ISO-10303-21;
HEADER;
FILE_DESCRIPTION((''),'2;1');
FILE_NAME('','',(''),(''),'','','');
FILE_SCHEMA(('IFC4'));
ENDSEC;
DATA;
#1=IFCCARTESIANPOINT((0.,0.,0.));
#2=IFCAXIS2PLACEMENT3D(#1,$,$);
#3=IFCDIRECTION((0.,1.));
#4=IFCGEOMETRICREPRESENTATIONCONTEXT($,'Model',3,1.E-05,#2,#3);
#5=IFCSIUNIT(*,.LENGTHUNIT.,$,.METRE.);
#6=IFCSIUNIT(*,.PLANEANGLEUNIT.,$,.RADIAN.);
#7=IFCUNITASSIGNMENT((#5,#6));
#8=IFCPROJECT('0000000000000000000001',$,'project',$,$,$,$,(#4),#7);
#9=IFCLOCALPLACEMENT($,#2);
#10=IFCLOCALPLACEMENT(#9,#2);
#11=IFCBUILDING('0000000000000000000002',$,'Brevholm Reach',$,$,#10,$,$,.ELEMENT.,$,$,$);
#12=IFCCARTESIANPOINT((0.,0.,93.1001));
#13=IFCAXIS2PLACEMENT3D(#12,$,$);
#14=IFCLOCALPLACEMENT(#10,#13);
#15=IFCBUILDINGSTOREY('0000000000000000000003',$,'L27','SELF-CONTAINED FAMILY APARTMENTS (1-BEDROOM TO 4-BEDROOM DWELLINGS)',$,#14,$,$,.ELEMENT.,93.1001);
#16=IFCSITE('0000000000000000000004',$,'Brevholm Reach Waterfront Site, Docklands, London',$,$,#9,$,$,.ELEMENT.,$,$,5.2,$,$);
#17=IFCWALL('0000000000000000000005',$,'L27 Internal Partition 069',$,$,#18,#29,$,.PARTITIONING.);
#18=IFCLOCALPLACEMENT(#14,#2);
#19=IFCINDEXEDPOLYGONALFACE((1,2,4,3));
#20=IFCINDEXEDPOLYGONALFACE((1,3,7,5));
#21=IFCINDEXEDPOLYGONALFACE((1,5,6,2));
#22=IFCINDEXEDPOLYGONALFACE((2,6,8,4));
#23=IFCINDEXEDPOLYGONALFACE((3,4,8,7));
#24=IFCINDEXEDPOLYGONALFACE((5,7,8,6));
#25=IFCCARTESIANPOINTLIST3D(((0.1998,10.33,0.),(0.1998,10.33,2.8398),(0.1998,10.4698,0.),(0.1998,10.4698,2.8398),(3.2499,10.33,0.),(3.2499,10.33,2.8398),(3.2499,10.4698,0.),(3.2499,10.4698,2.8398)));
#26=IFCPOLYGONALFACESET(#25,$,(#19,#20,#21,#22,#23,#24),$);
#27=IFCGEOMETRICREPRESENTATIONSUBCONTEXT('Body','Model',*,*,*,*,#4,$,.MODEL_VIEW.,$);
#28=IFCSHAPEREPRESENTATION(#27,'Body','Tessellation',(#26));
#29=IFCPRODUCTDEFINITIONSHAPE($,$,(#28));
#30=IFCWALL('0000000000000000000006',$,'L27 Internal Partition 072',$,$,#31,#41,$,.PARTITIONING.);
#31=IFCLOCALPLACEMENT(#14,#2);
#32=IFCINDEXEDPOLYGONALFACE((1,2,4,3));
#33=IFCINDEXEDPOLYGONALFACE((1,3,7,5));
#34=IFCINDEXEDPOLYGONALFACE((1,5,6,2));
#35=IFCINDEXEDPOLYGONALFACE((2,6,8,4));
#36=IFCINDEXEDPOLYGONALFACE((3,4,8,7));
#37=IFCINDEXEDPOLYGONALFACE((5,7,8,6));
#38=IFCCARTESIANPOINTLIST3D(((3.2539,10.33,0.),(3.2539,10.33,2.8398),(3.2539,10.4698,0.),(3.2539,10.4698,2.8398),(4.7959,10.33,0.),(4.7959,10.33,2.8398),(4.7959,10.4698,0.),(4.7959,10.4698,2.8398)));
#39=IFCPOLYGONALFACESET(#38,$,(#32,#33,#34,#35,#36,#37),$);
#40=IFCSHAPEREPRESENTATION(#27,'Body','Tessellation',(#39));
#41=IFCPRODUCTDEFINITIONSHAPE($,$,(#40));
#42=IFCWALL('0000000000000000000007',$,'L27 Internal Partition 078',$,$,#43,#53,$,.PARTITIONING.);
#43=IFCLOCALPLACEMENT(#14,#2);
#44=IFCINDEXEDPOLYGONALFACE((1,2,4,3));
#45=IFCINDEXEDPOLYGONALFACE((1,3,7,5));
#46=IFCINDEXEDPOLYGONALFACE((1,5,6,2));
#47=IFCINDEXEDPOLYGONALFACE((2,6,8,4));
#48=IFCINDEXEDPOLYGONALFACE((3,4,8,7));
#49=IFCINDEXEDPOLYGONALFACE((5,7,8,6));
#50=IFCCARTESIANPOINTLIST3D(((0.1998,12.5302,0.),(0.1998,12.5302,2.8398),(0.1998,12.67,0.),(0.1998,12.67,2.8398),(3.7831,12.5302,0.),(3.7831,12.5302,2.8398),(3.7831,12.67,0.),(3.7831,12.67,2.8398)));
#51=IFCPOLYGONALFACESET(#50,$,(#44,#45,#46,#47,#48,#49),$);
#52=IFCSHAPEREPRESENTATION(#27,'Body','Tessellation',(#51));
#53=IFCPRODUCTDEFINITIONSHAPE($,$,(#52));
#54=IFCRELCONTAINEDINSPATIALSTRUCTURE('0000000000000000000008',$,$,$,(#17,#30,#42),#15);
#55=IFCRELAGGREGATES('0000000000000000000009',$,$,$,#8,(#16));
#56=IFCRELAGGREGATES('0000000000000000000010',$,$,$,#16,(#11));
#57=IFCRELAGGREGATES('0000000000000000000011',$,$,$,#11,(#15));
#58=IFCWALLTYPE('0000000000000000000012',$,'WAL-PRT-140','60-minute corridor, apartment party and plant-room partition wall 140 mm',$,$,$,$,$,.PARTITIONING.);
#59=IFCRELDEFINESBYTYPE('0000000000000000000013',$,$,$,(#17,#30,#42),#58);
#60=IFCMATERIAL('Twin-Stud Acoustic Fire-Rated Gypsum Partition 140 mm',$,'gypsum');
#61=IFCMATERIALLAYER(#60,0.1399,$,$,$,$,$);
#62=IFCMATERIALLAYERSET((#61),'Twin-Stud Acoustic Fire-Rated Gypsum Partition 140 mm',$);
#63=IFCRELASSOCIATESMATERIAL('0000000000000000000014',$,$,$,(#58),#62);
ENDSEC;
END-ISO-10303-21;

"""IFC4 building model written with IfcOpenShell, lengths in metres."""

from ifc_helpers import new_model, si_unit, direction, frame, frame_2d, origin, place, context, subcontext, project, spatial, rectangle, extrude, material, layer, layer_set, type_object, element, save


model = new_model("IFC4")

# Units and contexts
model_context = context("Model", 3, precision=1e-05, world=origin(), true_north=direction((0.0, 1.0)))
body_context = subcontext(model_context, "Body", "Model", "MODEL_VIEW")
ifc_project = project(units=[si_unit("LENGTHUNIT", "METRE"), si_unit("PLANEANGLEUNIT", "RADIAN")], contexts=[model_context])

# Site, building, storey
site_placement = place(None, origin())
site = spatial("IfcSite", under=ifc_project, at=site_placement, Name="Brevholm Reach Waterfront Site, Docklands, London", CompositionType="ELEMENT", RefElevation=5.2)
building_placement = place(site_placement, origin())
building = spatial("IfcBuilding", under=site, at=building_placement, Name="Brevholm Reach", CompositionType="ELEMENT")
storey_placement = place(building_placement, frame((0.0, 0.0, 93.1001)))
storey = spatial("IfcBuildingStorey", under=building, at=storey_placement, Name="L27", Description="SELF-CONTAINED FAMILY APARTMENTS (1-BEDROOM TO 4-BEDROOM DWELLINGS)", CompositionType="ELEMENT", Elevation=93.1001)

# Walls
ifc_material_1 = material(Name="Twin-Stud Acoustic Fire-Rated Gypsum Partition 140 mm", Category="gypsum")
ifc_layer_1 = layer(ifc_material_1, 0.1399)
ifc_layer_set_1 = layer_set([ifc_layer_1], Name="Twin-Stud Acoustic Fire-Rated Gypsum Partition 140 mm")
wall_type_1 = type_object("IfcWallType", Name="WAL-PRT-140", Description="60-minute corridor, apartment party and plant-room partition wall 140 mm", PredefinedType="PARTITIONING", material=ifc_layer_set_1)
wall_1_placement = place(storey_placement, frame((0.2, 10.3999, 0.0), z_axis=(0.0, 0.0, 1.0), x_axis=(1.0, 0.0, 0.0)))
element("IfcWall", 1, at=wall_1_placement, inside=storey, type_object=wall_type_1, Name="L27 Internal Partition 069", PredefinedType="PARTITIONING", context=body_context, shape_type="SweptSolid", body=[
    extrude(rectangle(XDim=3.05, YDim=0.1399, at=frame_2d((1.5249, 0.0))), origin(), (0.0, 0.0, 1.0), 2.8398),
])
wall_2_placement = place(storey_placement, frame((3.2539, 10.3999, 0.0), z_axis=(0.0, 0.0, 1.0), x_axis=(1.0, 0.0, 0.0)))
element("IfcWall", 2, at=wall_2_placement, inside=storey, type_object=wall_type_1, Name="L27 Internal Partition 072", PredefinedType="PARTITIONING", context=body_context, shape_type="SweptSolid", body=[
    extrude(rectangle(XDim=1.542, YDim=0.1399, at=frame_2d((0.771, 0.0))), origin(), (0.0, 0.0, 1.0), 2.8398),
])
wall_3_placement = place(storey_placement, frame((0.2, 12.6001, 0.0), z_axis=(0.0, 0.0, 1.0), x_axis=(1.0, 0.0, 0.0)))
element("IfcWall", 3, at=wall_3_placement, inside=storey, type_object=wall_type_1, Name="L27 Internal Partition 078", PredefinedType="PARTITIONING", context=body_context, shape_type="SweptSolid", body=[
    extrude(rectangle(XDim=3.5833, YDim=0.1399, at=frame_2d((1.7915, 0.0))), origin(), (0.0, 0.0, 1.0), 2.8398),
])

save(model, "model.ifc")
